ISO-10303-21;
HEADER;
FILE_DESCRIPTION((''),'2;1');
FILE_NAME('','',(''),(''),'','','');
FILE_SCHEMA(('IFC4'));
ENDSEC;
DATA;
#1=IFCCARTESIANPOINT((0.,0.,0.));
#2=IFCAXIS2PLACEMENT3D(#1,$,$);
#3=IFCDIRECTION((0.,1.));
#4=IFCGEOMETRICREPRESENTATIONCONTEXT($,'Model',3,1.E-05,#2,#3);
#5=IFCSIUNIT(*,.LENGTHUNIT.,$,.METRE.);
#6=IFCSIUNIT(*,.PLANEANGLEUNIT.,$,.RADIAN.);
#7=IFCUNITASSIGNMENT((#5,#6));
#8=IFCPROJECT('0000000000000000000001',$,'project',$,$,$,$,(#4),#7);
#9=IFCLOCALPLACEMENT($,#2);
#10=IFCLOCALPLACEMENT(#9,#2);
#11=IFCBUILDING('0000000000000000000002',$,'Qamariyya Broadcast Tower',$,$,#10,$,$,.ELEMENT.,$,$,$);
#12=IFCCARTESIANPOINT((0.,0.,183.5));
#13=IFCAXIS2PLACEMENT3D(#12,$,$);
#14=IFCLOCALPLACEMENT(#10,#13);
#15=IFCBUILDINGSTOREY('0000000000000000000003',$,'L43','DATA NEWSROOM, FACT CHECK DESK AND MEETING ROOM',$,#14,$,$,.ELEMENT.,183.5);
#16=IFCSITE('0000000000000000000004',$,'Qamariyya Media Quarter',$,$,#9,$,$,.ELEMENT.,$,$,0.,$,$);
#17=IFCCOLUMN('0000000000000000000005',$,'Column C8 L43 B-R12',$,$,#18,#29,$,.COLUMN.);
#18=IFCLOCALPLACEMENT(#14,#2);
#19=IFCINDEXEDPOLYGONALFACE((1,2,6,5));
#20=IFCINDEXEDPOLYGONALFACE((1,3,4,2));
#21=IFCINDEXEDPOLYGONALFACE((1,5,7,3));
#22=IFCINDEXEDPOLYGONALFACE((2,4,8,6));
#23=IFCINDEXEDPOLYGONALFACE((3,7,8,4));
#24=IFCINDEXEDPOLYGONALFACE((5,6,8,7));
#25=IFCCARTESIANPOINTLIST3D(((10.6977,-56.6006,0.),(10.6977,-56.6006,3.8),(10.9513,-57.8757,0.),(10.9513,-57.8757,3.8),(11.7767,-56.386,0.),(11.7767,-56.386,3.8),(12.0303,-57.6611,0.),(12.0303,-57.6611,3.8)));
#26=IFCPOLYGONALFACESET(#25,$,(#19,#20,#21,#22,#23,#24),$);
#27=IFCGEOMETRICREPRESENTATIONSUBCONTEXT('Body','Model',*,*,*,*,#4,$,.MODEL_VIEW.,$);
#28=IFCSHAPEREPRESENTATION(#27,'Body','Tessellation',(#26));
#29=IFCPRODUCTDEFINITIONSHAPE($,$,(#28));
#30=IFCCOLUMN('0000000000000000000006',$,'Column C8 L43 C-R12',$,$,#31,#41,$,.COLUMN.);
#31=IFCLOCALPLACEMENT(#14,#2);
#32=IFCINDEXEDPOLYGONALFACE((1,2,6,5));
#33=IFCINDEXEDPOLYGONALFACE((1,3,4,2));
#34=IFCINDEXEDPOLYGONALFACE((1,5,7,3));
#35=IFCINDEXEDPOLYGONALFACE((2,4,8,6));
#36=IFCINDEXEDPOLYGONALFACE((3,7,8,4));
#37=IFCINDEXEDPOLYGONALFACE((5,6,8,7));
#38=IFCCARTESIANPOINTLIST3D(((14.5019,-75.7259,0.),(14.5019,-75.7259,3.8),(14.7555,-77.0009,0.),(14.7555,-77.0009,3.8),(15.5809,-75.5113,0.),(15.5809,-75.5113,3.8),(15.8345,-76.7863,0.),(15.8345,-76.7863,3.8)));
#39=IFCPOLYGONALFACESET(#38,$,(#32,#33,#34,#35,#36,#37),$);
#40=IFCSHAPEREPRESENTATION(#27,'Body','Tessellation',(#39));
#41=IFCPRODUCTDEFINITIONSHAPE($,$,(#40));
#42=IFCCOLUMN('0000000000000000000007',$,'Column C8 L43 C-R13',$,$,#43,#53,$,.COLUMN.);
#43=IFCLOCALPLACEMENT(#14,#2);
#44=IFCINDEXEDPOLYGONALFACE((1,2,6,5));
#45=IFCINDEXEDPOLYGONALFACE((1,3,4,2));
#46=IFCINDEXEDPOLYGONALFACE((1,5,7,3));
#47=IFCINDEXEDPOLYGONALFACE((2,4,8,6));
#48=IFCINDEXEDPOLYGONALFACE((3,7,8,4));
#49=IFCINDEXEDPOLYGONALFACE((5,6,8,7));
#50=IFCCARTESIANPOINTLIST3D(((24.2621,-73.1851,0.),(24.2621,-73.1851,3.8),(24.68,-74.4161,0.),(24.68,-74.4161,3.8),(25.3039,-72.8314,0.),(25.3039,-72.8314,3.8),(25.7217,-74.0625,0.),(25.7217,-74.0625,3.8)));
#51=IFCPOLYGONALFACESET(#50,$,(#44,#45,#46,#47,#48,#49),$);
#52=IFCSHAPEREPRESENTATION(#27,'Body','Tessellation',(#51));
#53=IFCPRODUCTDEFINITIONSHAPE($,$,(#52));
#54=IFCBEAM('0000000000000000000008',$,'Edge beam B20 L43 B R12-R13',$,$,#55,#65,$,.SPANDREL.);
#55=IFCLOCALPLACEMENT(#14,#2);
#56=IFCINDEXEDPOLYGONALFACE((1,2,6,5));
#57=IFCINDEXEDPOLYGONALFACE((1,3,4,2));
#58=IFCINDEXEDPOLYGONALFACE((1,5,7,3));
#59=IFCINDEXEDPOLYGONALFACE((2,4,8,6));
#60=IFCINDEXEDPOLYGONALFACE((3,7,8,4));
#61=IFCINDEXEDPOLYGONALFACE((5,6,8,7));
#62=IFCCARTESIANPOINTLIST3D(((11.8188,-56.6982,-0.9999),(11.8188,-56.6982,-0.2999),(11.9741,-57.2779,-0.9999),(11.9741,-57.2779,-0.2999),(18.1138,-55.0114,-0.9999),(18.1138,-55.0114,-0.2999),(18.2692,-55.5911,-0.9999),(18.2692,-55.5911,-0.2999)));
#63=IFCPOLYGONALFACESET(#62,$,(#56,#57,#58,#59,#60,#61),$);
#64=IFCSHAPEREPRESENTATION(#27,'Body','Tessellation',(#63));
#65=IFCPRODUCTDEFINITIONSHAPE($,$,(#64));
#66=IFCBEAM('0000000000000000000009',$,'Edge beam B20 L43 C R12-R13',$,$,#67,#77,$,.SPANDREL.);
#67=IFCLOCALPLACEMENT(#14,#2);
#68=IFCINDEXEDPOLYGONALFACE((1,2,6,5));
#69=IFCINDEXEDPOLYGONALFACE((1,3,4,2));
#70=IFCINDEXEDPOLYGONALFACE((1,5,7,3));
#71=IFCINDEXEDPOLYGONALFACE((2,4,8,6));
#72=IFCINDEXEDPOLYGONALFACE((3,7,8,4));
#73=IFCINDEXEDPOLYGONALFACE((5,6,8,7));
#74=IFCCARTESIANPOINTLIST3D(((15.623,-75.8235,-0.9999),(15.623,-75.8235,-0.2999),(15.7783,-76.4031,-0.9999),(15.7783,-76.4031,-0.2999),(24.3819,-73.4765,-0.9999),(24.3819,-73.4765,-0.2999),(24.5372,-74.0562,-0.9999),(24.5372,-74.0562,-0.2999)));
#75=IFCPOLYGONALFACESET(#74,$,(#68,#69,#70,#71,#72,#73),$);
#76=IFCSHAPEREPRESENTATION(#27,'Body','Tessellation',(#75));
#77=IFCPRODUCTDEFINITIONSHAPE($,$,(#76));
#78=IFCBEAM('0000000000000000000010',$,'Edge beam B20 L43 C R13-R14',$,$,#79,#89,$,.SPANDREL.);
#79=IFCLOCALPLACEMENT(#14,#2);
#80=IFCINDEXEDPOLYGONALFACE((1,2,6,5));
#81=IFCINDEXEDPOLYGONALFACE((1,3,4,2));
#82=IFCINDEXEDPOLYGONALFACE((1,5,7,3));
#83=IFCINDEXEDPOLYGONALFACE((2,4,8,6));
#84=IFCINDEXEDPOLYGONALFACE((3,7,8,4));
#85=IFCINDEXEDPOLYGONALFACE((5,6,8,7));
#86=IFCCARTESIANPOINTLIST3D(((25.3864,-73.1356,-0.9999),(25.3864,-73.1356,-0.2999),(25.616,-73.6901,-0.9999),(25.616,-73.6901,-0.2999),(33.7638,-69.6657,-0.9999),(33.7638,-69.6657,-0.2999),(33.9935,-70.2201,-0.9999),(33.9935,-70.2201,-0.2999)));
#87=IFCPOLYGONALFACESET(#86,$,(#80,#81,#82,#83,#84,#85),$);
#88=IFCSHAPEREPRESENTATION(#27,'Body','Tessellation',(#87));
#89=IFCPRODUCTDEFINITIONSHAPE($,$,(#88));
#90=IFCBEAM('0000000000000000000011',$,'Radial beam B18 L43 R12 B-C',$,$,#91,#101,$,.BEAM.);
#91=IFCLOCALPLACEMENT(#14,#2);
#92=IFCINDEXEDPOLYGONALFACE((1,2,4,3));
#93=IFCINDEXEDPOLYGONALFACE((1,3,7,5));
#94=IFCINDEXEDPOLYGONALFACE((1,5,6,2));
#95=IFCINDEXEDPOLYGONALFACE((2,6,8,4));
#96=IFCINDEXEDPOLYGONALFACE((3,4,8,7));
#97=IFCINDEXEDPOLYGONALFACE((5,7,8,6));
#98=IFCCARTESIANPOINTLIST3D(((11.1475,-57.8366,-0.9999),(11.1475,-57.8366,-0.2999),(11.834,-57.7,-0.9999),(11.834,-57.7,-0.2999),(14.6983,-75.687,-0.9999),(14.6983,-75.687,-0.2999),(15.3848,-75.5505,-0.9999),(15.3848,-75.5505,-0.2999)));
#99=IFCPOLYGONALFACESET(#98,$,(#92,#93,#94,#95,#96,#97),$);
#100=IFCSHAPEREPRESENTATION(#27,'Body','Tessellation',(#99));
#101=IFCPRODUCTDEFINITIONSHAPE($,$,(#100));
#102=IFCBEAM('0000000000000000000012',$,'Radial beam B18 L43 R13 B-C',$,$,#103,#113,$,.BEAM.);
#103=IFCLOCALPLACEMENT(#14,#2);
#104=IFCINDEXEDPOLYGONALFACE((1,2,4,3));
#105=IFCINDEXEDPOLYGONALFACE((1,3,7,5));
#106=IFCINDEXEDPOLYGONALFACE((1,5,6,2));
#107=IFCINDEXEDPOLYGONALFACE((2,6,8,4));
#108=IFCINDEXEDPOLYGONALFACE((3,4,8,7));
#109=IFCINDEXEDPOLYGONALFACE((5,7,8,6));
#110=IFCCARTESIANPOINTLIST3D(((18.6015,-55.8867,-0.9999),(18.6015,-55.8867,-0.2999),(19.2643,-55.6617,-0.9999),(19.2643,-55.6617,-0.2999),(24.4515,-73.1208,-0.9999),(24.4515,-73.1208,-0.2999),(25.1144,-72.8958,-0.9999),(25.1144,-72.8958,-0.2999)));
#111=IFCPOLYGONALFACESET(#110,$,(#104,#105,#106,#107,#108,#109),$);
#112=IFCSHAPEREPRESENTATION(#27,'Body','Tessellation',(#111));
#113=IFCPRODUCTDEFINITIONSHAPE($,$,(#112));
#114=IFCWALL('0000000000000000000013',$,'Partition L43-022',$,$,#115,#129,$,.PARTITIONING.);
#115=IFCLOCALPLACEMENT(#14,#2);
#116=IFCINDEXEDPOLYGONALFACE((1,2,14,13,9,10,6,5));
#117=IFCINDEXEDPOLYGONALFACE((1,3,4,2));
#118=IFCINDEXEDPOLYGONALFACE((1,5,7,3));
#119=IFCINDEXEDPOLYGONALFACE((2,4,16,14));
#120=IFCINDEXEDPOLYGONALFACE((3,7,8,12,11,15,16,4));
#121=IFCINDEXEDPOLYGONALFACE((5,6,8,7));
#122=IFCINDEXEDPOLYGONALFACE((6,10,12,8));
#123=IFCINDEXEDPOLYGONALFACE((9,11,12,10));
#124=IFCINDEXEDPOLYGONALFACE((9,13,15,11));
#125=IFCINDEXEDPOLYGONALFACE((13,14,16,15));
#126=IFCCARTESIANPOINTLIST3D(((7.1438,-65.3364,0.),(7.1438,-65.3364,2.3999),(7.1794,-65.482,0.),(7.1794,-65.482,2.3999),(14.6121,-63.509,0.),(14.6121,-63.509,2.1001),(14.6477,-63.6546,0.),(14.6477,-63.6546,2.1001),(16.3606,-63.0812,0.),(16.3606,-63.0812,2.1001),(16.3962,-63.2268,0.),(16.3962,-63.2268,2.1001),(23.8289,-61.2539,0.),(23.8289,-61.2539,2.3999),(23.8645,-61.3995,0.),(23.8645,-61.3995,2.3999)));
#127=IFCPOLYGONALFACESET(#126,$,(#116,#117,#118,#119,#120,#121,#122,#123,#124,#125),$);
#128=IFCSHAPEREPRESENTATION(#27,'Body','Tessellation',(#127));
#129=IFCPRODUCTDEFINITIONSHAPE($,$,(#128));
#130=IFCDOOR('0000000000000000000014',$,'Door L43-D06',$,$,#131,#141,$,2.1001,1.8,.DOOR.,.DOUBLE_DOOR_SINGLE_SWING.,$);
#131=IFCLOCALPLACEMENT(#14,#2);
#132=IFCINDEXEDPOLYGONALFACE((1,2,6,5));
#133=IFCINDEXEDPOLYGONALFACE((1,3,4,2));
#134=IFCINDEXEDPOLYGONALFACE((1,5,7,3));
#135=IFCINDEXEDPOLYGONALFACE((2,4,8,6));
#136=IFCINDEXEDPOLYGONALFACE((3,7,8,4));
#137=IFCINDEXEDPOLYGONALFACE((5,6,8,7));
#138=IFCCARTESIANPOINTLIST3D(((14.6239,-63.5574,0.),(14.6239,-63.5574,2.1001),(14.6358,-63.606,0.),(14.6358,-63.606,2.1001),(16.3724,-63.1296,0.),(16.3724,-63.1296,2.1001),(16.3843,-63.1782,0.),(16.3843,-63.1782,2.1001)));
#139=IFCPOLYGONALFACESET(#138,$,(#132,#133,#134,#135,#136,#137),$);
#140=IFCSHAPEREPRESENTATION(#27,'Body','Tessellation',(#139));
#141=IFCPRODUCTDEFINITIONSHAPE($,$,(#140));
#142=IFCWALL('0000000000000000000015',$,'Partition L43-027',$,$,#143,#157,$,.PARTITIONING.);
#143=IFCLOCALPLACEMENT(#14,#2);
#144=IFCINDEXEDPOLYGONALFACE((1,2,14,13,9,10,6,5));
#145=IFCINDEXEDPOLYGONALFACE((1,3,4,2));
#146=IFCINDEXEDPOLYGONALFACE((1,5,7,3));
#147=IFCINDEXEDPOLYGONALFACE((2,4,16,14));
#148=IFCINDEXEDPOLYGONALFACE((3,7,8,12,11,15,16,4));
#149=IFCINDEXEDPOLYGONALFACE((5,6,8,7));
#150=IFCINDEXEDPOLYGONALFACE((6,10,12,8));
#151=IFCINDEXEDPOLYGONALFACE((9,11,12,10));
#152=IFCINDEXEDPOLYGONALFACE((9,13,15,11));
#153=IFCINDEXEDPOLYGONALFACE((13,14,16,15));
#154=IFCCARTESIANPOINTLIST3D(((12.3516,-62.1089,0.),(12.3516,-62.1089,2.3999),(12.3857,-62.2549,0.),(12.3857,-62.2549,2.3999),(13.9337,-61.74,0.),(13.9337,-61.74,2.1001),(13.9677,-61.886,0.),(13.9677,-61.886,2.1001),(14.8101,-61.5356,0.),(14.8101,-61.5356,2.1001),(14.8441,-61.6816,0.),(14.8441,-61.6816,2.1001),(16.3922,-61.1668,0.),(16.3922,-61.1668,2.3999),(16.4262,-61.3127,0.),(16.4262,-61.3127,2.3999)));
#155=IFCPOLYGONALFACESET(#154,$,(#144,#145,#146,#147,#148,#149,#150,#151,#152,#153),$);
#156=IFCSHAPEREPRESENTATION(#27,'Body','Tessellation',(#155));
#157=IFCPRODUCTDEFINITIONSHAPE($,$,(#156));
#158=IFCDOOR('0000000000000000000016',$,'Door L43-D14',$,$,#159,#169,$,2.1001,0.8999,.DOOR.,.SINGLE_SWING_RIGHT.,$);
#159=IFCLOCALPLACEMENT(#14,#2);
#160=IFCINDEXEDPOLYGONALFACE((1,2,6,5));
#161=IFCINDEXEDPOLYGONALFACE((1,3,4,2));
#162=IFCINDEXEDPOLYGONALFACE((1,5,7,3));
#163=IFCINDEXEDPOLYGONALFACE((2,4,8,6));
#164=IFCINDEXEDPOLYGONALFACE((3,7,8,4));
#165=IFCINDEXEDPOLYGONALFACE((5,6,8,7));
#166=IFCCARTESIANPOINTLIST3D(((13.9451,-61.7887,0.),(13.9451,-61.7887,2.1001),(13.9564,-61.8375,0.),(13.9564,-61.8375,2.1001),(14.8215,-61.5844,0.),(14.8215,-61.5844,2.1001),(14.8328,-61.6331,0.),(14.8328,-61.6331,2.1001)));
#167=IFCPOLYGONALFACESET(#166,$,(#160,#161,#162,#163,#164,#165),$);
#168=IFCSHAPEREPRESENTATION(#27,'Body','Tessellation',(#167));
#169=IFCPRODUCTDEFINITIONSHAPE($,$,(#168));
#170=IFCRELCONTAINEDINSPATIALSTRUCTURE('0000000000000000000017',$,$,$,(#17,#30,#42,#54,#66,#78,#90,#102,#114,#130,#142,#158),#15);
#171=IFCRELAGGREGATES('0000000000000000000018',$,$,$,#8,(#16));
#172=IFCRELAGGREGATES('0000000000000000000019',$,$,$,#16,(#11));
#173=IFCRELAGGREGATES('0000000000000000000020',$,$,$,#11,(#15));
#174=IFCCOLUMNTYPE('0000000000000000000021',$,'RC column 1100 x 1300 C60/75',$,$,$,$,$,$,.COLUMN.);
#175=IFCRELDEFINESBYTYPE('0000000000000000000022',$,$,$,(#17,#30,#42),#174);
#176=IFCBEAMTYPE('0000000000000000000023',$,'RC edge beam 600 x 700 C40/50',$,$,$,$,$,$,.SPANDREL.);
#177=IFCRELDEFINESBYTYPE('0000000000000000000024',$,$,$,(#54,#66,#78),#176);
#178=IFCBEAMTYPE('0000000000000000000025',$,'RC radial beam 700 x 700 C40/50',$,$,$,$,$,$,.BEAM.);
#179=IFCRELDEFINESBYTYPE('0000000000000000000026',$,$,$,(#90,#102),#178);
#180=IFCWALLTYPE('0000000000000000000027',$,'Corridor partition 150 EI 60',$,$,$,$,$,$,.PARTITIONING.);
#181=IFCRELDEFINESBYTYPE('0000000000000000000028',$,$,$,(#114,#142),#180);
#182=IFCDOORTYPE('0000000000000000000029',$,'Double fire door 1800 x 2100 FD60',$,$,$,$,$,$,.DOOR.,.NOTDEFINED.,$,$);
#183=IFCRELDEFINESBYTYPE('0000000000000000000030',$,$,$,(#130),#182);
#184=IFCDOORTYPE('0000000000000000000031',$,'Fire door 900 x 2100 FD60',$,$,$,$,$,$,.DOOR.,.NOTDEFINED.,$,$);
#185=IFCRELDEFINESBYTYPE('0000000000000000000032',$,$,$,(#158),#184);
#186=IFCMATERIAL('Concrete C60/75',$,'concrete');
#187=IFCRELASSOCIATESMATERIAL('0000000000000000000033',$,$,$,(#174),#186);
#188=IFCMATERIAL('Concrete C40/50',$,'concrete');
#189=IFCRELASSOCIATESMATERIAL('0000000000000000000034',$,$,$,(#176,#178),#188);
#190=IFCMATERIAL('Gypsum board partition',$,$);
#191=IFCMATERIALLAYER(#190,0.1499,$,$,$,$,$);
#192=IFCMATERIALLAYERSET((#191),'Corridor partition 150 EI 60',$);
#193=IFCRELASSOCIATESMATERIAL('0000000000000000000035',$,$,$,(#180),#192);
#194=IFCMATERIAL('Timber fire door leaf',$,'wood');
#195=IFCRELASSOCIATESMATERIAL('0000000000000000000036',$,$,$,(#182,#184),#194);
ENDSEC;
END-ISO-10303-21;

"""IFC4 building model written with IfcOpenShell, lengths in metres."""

from ifc_helpers import new_model, si_unit, direction, frame, frame_2d, origin, origin_2d, place, context, subcontext, project, spatial, rectangle, extrude, material, layer, layer_set, material_profile, profile_set, type_object, element, fill, save


model = new_model("IFC4")

# Units and contexts
model_context = context("Model", 3, precision=1e-05, world=origin(), true_north=direction((0.0, 1.0)))
body_context = subcontext(model_context, "Body", "Model", "MODEL_VIEW")
ifc_project = project(units=[si_unit("LENGTHUNIT", "METRE"), si_unit("PLANEANGLEUNIT", "RADIAN")], contexts=[model_context])

# Site, building, storey
site_placement = place(None, origin())
site = spatial("IfcSite", under=ifc_project, at=site_placement, Name="Qamariyya Media Quarter", CompositionType="ELEMENT", RefElevation=0.0)
building_placement = place(site_placement, origin())
building = spatial("IfcBuilding", under=site, at=building_placement, Name="Qamariyya Broadcast Tower", CompositionType="ELEMENT")
storey_placement = place(building_placement, frame((0.0, 0.0, 183.5)))
storey = spatial("IfcBuildingStorey", under=building, at=storey_placement, Name="L43", Description="DATA NEWSROOM, FACT CHECK DESK AND MEETING ROOM", CompositionType="ELEMENT", Elevation=183.5)

# Columns
ifc_material_1 = material(Name="Concrete C60/75", Category="concrete")
ifc_material_profile_1 = material_profile(ifc_material_1, rectangle(XDim=1.1001, YDim=1.3, at=origin_2d()))
ifc_profile_set_1 = profile_set([ifc_material_profile_1], Name="Concrete C60/75")
column_type = type_object("IfcColumnType", Name="RC column 1100 x 1300 C60/75", PredefinedType="COLUMN", material=ifc_profile_set_1)
for number, where, z_axis, x_axis, name in (
    (1, (11.364, -57.1309, 0.0), (0.0, 0.0, 1.0), (0.980785, 0.19509, 0.0), "Column C8 L43 B-R12"),
    (2, (15.1682, -76.2561, 0.0), (0.0, 0.0, 1.0), (0.980785, 0.19509, 0.0), "Column C8 L43 C-R12"),
    (3, (24.9919, -73.6238, 0.0), (0.0, 0.0, 1.0), (0.94693, 0.321439, 0.0), "Column C8 L43 C-R13"),
):
    element("IfcColumn", number, at=place(storey_placement, frame(where, z_axis=z_axis, x_axis=x_axis)), inside=storey, type_object=column_type, Name=name, PredefinedType="COLUMN", context=body_context, shape_type="SweptSolid", body=[
        extrude(rectangle(XDim=1.1001, YDim=1.3, at=origin_2d()), origin(), (0.0, 0.0, 1.0), 3.8),
    ])

# Beams
ifc_material_2 = material(Name="Concrete C40/50", Category="concrete")
ifc_material_profile_2 = material_profile(ifc_material_2, rectangle(XDim=0.6001, YDim=0.7, at=origin_2d()))
ifc_profile_set_2 = profile_set([ifc_material_profile_2], Name="Concrete C40/50")
beam_type_1 = type_object("IfcBeamType", Name="RC edge beam 600 x 700 C40/50", PredefinedType="SPANDREL", material=ifc_profile_set_2)
beam_1_placement = place(storey_placement, frame((11.8965, -56.988, -0.6499), z_axis=(0.965924, 0.258826, 0.0), x_axis=(-0.258826, 0.965924, 0.0)))
element("IfcBeam", 4, at=beam_1_placement, inside=storey, type_object=beam_type_1, Name="Edge beam B20 L43 B R12-R13", PredefinedType="SPANDREL", context=body_context, shape_type="SweptSolid", body=[
    extrude(rectangle(XDim=0.6001, YDim=0.7, at=origin_2d()), origin(), (0.0, 0.0, 1.0), 6.5171),
])
beam_2_placement = place(storey_placement, frame((15.7007, -76.1133, -0.6499), z_axis=(0.965925, 0.25882, 0.0), x_axis=(-0.25882, 0.965925, 0.0)))
element("IfcBeam", 5, at=beam_2_placement, inside=storey, type_object=beam_type_1, Name="Edge beam B20 L43 C R12-R13", PredefinedType="SPANDREL", context=body_context, shape_type="SweptSolid", body=[
    extrude(rectangle(XDim=0.6001, YDim=0.7, at=origin_2d()), origin(), (0.0, 0.0, 1.0), 9.0679),
])
beam_3_placement = place(storey_placement, frame((25.5012, -73.4128, -0.6499), z_axis=(0.923883, 0.382676, 0.0), x_axis=(-0.382676, 0.923883, 0.0)))
element("IfcBeam", 6, at=beam_3_placement, inside=storey, type_object=beam_type_1, Name="Edge beam B20 L43 C R13-R14", PredefinedType="SPANDREL", context=body_context, shape_type="SweptSolid", body=[
    extrude(rectangle(XDim=0.6001, YDim=0.7, at=origin_2d()), origin(), (0.0, 0.0, 1.0), 9.0676),
])
ifc_material_profile_3 = material_profile(ifc_material_2, rectangle(XDim=0.7, YDim=0.7, at=origin_2d()))
ifc_profile_set_3 = profile_set([ifc_material_profile_3], Name="Concrete C40/50")
beam_type_2 = type_object("IfcBeamType", Name="RC radial beam 700 x 700 C40/50", PredefinedType="BEAM", material=ifc_profile_set_3)
beam_4_placement = place(storey_placement, frame((11.4907, -57.7683, -0.6499), z_axis=(0.195097, -0.980784, 0.0), x_axis=(0.980784, 0.195097, 0.0)))
element("IfcBeam", 7, at=beam_4_placement, inside=storey, type_object=beam_type_2, Name="Radial beam B18 L43 R12 B-C", PredefinedType="BEAM", context=body_context, shape_type="SweptSolid", body=[
    extrude(rectangle(XDim=0.7, YDim=0.7, at=origin_2d()), origin(), (0.0, 0.0, 1.0), 18.2002),
])
beam_5_placement = place(storey_placement, frame((18.9329, -55.7742, -0.6499), z_axis=(0.321434, -0.946932, 0.0), x_axis=(0.946932, 0.321434, 0.0)))
element("IfcBeam", 8, at=beam_5_placement, inside=storey, type_object=beam_type_2, Name="Radial beam B18 L43 R13 B-C", PredefinedType="BEAM", context=body_context, shape_type="SweptSolid", body=[
    extrude(rectangle(XDim=0.7, YDim=0.7, at=origin_2d()), origin(), (0.0, 0.0, 1.0), 18.2),
])

# Walls, openings, doors
ifc_material_3 = material(Name="Gypsum board partition")
ifc_layer_1 = layer(ifc_material_3, 0.1499)
ifc_layer_set_1 = layer_set([ifc_layer_1], Name="Corridor partition 150 EI 60")
wall_type_1 = type_object("IfcWallType", Name="Corridor partition 150 EI 60", PredefinedType="PARTITIONING", material=ifc_layer_set_1)
wall_1_placement = place(storey_placement, frame((23.8467, -61.3267, 0.0), z_axis=(0.0, 0.0, 1.0), x_axis=(-0.971346, -0.23767, 0.0)))
wall_1 = element("IfcWall", 9, at=wall_1_placement, inside=storey, type_object=wall_type_1, Name="Partition L43-022", PredefinedType="PARTITIONING", context=body_context, shape_type="SweptSolid", body=[
    extrude(rectangle(XDim=17.1772, YDim=0.1499, at=frame_2d((8.5886, 0.0))), origin(), (0.0, 0.0, 1.0), 2.3999),
])
opening_1_placement = place(wall_1_placement, frame((7.6887, 0.0, 0.0)))
opening_1 = element("IfcOpeningElement", 10, at=opening_1_placement, cuts=wall_1, PredefinedType="OPENING", context=body_context, shape_type="SweptSolid", body=[
    extrude(rectangle(XDim=1.8, YDim=2.1001, at=frame_2d((0.8999, 1.05))), frame((0.0, 0.085, 0.0), z_axis=(0.0, -1.0, 0.0), x_axis=(1.0, 0.0, 0.0)), (0.0, 0.0, 1.0), 0.1699),
])
ifc_material_4 = material(Name="Timber fire door leaf", Category="wood")
door_type_1 = type_object("IfcDoorType", Name="Double fire door 1800 x 2100 FD60", OperationType="NOTDEFINED", PredefinedType="DOOR", material=ifc_material_4)
door_1_placement = place(opening_1_placement, origin())
door_1 = element("IfcDoor", 11, at=door_1_placement, inside=storey, type_object=door_type_1, Name="Door L43-D06", OperationType="DOUBLE_DOOR_SINGLE_SWING", OverallHeight=2.1001, OverallWidth=1.8, PredefinedType="DOOR", context=body_context, shape_type="SweptSolid", body=[
    extrude(rectangle(XDim=1.8, YDim=2.1001, at=frame_2d((0.8999, 1.05))), frame((0.0, 0.0249, 0.0), z_axis=(0.0, -1.0, 0.0), x_axis=(1.0, 0.0, 0.0)), (0.0, 0.0, 1.0), 0.05),
])
fill(opening_1, door_1)
wall_2_placement = place(storey_placement, frame((12.3687, -62.1819, 0.0), z_axis=(0.0, 0.0, 1.0), x_axis=(0.973876, 0.227081, 0.0)))
wall_2 = element("IfcWall", 12, at=wall_2_placement, inside=storey, type_object=wall_type_1, Name="Partition L43-027", PredefinedType="PARTITIONING", context=body_context, shape_type="SweptSolid", body=[
    extrude(rectangle(XDim=4.1489, YDim=0.1499, at=frame_2d((2.0745, 0.0))), origin(), (0.0, 0.0, 1.0), 2.3999),
])
opening_2_placement = place(wall_2_placement, frame((1.6245, 0.0, 0.0)))
opening_2 = element("IfcOpeningElement", 13, at=opening_2_placement, cuts=wall_2, PredefinedType="OPENING", context=body_context, shape_type="SweptSolid", body=[
    extrude(rectangle(XDim=0.8999, YDim=2.1001, at=frame_2d((0.45, 1.05))), frame((0.0, 0.085, 0.0), z_axis=(0.0, -1.0, 0.0), x_axis=(1.0, 0.0, 0.0)), (0.0, 0.0, 1.0), 0.1699),
])
door_type_2 = type_object("IfcDoorType", Name="Fire door 900 x 2100 FD60", OperationType="NOTDEFINED", PredefinedType="DOOR", material=ifc_material_4)
door_2_placement = place(opening_2_placement, origin())
door_2 = element("IfcDoor", 14, at=door_2_placement, inside=storey, type_object=door_type_2, Name="Door L43-D14", OperationType="SINGLE_SWING_RIGHT", OverallHeight=2.1001, OverallWidth=0.8999, PredefinedType="DOOR", context=body_context, shape_type="SweptSolid", body=[
    extrude(rectangle(XDim=0.8999, YDim=2.1001, at=frame_2d((0.45, 1.05))), frame((0.0, 0.0249, 0.0), z_axis=(0.0, -1.0, 0.0), x_axis=(1.0, 0.0, 0.0)), (0.0, 0.0, 1.0), 0.05),
])
fill(opening_2, door_2)

save(model, "model.ifc")
